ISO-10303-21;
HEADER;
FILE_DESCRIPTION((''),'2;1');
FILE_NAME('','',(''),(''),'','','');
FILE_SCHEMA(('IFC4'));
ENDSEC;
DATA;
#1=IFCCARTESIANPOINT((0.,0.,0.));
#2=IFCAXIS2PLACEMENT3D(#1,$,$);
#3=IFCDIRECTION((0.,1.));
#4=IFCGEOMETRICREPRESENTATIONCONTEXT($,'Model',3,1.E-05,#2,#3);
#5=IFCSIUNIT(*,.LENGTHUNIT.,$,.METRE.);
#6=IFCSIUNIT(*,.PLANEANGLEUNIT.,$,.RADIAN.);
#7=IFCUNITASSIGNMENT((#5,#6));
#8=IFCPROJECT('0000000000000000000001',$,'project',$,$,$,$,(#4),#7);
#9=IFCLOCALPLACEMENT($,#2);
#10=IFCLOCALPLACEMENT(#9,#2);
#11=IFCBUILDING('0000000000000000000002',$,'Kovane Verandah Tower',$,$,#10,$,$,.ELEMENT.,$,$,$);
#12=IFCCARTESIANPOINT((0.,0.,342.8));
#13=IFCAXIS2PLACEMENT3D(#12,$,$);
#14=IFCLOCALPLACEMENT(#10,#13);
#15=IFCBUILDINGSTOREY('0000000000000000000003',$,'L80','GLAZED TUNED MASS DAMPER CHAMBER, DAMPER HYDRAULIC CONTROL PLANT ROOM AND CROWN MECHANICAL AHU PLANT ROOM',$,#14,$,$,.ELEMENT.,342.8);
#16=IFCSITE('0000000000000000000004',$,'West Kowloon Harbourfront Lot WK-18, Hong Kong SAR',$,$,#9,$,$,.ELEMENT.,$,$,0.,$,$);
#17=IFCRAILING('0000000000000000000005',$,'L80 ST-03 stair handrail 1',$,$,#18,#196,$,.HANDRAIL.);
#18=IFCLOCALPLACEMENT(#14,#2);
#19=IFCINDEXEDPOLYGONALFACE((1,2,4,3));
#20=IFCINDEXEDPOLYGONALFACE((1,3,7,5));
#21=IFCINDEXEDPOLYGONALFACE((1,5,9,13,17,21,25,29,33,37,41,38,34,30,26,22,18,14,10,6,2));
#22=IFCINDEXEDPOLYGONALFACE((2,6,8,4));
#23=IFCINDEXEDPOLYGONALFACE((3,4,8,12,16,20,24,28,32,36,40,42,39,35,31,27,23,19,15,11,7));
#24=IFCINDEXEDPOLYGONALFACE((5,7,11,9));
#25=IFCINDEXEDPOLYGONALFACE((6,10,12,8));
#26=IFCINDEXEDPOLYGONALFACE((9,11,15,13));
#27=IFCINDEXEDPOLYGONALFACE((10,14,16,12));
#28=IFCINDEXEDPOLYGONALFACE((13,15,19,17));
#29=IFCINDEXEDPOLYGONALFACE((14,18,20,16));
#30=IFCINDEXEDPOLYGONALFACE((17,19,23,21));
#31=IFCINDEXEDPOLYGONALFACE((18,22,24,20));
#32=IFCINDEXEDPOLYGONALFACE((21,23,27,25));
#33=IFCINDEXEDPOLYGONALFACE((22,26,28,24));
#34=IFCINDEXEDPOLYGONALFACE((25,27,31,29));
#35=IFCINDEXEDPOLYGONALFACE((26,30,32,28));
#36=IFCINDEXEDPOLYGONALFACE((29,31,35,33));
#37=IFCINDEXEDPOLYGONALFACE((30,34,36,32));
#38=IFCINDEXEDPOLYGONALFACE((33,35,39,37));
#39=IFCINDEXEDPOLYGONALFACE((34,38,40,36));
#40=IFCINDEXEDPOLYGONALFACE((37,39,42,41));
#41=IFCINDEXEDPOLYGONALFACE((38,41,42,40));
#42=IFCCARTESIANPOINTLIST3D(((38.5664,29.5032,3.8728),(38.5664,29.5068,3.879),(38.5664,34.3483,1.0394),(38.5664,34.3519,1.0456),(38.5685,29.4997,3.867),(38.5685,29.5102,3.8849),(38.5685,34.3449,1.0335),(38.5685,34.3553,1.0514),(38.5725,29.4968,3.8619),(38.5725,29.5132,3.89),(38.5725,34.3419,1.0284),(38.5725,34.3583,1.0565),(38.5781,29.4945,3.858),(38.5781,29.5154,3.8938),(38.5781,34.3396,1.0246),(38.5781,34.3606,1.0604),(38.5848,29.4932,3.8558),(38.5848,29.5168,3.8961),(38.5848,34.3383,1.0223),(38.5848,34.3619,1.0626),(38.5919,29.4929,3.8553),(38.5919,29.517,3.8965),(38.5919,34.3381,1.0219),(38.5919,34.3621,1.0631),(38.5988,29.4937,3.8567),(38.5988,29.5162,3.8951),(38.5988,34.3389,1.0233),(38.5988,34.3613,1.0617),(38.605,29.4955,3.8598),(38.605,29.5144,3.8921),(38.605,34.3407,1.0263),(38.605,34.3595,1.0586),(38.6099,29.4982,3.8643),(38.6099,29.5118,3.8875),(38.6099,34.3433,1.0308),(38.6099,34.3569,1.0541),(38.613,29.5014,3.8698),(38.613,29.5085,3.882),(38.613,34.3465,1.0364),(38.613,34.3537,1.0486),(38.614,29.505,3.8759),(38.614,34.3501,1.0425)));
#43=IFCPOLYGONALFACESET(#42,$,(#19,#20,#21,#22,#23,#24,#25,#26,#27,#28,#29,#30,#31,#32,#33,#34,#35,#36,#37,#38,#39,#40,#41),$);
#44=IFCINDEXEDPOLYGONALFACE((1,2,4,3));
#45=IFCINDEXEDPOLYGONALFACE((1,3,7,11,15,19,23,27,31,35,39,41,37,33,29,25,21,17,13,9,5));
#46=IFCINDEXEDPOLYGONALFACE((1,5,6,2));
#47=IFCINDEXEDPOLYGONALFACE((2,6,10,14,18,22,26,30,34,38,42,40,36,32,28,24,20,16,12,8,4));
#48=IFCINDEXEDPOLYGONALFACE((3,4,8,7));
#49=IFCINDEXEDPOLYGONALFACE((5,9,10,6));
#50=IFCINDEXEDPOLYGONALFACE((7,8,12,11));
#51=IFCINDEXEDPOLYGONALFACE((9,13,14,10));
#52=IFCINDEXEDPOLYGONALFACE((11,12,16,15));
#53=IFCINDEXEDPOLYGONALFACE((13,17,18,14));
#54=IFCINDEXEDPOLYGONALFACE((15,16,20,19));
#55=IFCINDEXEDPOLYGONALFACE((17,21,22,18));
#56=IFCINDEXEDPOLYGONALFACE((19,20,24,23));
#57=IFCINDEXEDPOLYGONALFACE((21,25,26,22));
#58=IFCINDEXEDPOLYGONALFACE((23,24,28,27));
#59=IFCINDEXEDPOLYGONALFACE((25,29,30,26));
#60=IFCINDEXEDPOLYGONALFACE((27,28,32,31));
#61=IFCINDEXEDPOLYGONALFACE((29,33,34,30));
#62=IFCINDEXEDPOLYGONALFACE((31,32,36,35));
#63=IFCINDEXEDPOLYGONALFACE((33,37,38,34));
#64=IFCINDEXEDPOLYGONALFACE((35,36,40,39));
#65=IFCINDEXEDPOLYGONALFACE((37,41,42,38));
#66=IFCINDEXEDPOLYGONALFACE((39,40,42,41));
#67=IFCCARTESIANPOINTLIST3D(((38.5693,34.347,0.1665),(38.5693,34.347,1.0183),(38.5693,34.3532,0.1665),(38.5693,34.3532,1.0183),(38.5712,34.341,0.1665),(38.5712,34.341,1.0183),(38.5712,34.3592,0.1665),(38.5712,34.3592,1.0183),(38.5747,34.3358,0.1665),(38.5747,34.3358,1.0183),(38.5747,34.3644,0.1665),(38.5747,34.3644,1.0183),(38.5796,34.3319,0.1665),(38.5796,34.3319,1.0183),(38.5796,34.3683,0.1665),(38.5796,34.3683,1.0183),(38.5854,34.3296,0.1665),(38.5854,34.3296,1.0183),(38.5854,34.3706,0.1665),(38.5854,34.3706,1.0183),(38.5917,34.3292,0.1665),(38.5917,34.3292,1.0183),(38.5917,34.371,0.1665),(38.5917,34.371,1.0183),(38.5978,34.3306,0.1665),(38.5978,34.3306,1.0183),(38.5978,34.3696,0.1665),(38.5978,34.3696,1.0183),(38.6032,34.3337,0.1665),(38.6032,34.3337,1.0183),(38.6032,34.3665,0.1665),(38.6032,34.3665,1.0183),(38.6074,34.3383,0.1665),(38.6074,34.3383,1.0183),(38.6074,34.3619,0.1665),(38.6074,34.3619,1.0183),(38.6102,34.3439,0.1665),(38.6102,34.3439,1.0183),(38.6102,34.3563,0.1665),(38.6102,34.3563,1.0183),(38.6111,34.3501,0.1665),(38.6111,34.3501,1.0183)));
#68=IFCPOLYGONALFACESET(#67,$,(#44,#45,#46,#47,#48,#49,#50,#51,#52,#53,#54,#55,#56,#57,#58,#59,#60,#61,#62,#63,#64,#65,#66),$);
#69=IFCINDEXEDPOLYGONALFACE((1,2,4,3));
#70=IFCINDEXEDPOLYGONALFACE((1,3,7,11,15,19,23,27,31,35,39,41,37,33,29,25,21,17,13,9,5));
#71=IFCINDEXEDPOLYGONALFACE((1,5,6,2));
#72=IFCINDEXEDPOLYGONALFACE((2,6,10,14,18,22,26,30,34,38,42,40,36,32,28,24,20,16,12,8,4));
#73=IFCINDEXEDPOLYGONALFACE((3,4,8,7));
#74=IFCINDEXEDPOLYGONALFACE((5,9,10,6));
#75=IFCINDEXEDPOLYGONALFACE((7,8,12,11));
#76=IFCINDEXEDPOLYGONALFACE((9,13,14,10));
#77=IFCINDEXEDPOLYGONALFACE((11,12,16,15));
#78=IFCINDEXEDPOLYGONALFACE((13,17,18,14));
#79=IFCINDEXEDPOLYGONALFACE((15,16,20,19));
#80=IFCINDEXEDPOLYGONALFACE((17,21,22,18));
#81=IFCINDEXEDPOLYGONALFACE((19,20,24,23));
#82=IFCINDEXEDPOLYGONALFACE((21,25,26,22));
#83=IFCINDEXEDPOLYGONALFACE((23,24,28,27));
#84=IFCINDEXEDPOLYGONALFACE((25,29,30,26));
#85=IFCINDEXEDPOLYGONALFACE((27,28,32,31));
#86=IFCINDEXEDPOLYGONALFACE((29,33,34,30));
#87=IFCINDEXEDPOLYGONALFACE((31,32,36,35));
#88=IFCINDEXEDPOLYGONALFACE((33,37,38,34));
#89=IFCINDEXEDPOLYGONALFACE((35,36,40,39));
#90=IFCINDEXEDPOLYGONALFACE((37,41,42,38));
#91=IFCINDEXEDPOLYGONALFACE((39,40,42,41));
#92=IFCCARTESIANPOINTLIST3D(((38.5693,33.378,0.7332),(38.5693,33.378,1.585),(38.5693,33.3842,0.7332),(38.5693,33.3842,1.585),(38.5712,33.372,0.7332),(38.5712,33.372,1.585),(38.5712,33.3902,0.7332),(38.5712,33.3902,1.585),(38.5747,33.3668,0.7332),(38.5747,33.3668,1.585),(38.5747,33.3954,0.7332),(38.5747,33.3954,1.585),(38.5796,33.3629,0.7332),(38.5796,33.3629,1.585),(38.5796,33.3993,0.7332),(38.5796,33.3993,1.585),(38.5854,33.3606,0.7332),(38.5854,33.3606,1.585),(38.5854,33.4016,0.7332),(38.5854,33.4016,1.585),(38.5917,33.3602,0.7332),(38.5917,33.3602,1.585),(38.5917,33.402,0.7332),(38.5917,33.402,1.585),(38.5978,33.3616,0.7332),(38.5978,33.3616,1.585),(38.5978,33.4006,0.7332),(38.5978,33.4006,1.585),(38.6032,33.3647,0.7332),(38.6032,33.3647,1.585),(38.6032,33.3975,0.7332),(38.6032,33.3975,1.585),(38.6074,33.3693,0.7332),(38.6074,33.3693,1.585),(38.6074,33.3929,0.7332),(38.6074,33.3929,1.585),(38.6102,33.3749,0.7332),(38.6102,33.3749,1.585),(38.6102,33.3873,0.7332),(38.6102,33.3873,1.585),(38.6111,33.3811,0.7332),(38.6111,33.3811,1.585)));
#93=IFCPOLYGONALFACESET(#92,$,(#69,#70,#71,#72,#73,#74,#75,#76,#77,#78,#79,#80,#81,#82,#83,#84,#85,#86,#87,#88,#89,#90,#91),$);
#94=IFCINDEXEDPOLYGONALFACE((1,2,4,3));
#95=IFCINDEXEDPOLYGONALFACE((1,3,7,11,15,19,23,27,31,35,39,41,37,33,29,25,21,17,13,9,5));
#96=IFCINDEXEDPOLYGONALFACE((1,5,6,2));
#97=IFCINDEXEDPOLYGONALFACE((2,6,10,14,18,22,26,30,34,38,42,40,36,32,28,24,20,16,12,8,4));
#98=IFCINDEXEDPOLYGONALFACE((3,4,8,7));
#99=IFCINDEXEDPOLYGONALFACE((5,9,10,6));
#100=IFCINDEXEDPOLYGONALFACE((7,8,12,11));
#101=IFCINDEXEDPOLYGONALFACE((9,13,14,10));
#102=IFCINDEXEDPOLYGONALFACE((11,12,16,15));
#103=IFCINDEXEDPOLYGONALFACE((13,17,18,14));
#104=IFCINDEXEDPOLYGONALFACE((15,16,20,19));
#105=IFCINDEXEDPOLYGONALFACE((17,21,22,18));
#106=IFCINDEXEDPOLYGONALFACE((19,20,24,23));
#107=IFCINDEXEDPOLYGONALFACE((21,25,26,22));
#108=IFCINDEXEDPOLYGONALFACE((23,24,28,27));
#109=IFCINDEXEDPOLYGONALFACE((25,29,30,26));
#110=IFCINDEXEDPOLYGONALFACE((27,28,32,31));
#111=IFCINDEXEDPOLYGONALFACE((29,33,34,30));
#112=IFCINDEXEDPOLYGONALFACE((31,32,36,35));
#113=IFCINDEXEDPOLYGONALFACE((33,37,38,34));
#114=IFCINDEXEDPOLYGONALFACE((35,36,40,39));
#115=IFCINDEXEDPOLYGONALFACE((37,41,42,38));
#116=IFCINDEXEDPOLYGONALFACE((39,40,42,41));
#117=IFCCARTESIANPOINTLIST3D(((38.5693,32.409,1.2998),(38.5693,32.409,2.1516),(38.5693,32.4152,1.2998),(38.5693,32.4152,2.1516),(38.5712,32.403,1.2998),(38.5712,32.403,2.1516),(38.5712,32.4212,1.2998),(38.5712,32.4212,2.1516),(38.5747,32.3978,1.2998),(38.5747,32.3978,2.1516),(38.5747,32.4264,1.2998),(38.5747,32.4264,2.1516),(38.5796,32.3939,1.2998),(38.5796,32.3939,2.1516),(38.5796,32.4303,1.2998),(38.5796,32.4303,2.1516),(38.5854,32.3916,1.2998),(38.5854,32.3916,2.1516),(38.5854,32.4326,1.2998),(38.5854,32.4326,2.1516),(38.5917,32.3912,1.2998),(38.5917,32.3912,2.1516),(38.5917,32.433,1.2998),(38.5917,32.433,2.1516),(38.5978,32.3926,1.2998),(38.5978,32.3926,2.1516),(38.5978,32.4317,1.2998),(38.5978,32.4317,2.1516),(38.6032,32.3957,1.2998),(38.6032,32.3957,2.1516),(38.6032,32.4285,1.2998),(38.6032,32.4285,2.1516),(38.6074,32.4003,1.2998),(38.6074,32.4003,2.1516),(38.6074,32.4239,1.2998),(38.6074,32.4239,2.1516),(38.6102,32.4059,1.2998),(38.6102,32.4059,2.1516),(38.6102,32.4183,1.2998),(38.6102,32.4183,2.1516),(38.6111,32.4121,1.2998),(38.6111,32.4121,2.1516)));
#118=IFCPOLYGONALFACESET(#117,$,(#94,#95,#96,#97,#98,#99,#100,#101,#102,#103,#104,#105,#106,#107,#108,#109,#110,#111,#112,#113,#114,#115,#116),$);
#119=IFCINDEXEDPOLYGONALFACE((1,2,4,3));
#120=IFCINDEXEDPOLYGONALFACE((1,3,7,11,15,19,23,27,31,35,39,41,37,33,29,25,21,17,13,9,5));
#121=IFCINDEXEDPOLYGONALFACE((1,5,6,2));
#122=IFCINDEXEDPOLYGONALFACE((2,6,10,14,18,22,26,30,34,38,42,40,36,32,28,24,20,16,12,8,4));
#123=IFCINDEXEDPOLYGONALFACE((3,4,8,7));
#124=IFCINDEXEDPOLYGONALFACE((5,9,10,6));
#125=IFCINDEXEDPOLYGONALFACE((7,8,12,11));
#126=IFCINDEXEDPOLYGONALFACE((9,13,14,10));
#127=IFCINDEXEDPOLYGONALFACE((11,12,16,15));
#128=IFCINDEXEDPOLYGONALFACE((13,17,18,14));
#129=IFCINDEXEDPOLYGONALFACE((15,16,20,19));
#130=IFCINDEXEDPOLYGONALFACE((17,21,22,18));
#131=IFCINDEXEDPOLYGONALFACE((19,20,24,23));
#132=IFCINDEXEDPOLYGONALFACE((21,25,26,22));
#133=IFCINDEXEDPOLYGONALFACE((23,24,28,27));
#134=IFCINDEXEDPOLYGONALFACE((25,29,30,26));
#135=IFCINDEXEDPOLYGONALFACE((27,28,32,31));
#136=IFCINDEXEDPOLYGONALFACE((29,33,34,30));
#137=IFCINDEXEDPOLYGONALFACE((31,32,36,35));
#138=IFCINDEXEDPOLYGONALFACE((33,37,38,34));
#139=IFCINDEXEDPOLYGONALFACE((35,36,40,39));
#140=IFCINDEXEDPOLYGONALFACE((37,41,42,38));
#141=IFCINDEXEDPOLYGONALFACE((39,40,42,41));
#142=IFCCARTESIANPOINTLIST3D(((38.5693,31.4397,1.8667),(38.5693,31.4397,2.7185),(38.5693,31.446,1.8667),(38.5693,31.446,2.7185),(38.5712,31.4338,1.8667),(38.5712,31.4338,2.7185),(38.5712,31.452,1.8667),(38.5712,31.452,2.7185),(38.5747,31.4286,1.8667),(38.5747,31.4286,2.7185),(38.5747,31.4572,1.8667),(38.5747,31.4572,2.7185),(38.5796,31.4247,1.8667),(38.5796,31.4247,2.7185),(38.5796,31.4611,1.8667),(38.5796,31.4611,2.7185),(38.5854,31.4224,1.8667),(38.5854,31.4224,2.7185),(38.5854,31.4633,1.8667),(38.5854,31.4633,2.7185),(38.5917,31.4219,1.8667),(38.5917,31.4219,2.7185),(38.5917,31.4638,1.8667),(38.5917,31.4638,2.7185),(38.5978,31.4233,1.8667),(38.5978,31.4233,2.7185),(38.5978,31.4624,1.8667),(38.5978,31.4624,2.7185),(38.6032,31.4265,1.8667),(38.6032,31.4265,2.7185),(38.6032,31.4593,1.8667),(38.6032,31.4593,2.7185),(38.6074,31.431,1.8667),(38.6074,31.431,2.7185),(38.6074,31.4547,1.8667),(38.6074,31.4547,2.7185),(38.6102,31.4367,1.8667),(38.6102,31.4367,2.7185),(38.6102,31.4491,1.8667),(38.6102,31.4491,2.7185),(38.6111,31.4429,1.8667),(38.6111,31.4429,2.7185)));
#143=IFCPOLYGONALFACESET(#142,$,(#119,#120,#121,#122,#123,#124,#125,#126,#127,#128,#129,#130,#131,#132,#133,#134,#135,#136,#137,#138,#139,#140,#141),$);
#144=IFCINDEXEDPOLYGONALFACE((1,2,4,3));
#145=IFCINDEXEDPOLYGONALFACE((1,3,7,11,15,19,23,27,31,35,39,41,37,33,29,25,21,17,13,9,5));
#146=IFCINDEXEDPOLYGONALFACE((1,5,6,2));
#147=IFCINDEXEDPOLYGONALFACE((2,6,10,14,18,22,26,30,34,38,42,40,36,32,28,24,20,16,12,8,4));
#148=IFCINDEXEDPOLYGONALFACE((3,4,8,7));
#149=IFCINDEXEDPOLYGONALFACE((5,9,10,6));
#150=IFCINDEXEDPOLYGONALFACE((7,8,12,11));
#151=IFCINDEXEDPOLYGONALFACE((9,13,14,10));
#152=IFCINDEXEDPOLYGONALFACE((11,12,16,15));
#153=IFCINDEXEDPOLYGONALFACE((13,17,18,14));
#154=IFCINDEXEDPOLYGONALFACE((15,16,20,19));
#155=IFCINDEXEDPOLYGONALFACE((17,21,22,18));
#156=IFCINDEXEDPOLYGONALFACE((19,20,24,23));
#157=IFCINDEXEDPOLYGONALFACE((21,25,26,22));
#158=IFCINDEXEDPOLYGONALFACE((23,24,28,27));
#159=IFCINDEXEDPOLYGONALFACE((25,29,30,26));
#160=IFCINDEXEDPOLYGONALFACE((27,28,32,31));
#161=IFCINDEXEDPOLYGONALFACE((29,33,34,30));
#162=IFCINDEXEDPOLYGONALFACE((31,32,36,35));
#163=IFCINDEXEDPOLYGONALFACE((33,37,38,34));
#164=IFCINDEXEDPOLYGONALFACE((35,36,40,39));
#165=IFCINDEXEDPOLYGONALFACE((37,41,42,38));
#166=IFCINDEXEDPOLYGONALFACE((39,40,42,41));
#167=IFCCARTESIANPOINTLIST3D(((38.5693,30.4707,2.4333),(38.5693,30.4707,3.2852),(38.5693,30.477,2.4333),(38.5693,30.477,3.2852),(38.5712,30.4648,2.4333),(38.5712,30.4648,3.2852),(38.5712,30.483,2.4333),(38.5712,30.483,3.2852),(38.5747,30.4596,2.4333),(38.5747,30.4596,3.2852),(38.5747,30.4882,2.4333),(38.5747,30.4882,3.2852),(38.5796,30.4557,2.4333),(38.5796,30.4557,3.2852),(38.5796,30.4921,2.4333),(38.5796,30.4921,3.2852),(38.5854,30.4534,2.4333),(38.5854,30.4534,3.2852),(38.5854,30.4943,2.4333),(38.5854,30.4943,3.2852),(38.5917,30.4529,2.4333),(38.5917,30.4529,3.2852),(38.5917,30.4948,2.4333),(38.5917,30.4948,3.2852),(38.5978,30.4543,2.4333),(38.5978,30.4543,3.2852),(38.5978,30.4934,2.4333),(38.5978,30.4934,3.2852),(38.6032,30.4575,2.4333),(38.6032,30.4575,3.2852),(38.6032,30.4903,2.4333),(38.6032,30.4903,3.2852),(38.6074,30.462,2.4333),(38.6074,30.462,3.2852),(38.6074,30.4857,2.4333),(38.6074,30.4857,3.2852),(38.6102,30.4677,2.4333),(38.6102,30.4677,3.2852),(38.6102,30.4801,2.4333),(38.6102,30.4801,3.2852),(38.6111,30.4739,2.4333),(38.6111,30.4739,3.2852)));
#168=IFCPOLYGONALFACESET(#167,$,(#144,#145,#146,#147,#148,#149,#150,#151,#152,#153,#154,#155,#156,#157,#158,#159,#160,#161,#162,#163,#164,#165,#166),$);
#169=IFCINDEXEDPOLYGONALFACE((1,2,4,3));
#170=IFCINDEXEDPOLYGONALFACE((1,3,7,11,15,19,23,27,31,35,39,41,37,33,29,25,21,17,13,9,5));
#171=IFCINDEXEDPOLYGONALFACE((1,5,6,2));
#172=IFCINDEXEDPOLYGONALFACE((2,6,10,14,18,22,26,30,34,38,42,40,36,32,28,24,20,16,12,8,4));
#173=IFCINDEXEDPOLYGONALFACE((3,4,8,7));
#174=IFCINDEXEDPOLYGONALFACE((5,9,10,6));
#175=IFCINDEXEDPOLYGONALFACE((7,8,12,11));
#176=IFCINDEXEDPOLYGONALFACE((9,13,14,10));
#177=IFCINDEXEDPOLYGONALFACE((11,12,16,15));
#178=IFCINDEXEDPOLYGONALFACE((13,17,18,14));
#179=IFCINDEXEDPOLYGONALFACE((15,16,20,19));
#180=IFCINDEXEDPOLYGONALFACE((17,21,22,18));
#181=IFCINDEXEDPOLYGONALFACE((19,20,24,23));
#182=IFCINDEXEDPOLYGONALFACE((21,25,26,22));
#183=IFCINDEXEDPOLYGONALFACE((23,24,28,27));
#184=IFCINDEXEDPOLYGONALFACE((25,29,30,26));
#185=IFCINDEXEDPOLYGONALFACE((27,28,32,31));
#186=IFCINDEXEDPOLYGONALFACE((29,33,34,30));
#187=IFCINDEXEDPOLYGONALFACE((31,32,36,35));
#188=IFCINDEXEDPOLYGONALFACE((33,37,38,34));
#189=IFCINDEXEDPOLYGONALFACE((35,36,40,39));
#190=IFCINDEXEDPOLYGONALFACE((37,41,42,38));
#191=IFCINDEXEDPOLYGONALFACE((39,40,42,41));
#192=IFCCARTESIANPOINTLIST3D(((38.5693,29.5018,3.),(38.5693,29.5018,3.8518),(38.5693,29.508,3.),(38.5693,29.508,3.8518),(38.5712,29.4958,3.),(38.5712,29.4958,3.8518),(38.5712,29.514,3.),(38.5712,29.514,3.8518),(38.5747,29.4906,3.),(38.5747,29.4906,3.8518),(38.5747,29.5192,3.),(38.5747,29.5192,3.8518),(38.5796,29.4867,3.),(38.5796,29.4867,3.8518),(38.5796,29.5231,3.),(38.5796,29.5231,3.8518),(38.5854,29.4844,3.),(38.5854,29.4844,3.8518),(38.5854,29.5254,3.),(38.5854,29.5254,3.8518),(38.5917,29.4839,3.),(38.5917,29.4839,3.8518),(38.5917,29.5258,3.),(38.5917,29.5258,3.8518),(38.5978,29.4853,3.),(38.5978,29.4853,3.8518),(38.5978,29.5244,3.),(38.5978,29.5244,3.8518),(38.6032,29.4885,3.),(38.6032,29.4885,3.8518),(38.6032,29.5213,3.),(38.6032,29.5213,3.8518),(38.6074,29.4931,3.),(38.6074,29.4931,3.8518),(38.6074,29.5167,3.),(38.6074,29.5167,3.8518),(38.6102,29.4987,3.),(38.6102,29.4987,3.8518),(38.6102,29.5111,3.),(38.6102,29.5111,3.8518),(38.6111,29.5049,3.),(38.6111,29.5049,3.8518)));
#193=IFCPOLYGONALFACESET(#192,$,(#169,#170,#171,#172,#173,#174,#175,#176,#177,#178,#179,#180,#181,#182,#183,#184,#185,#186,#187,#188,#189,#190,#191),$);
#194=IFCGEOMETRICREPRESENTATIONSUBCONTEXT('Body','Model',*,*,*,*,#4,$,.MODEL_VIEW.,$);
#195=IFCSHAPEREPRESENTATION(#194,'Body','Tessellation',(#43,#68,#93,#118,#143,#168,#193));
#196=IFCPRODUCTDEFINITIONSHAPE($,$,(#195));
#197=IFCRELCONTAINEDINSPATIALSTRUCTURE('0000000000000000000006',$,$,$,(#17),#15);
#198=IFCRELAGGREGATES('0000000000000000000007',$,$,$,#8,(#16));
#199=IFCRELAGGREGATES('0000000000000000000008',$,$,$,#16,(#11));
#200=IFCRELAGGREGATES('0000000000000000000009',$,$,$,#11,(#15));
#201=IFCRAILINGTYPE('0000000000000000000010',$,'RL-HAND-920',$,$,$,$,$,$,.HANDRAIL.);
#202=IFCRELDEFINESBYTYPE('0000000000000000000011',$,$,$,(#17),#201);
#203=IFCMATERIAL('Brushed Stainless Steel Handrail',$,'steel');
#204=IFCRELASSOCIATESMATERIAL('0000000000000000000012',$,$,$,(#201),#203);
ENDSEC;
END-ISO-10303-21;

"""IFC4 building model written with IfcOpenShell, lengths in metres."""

from ifc_helpers import new_model, si_unit, direction, frame, origin, origin_2d, place, context, subcontext, project, spatial, circle, extrude, material, type_object, element, save


model = new_model("IFC4")

# Units and contexts
model_context = context("Model", 3, precision=1e-05, world=origin(), true_north=direction((0.0, 1.0)))
body_context = subcontext(model_context, "Body", "Model", "MODEL_VIEW")
ifc_project = project(units=[si_unit("LENGTHUNIT", "METRE"), si_unit("PLANEANGLEUNIT", "RADIAN")], contexts=[model_context])

# Site, building, storey
site_placement = place(None, origin())
site = spatial("IfcSite", under=ifc_project, at=site_placement, Name="West Kowloon Harbourfront Lot WK-18, Hong Kong SAR", CompositionType="ELEMENT", RefElevation=0.0)
building_placement = place(site_placement, origin())
building = spatial("IfcBuilding", under=site, at=building_placement, Name="Kovane Verandah Tower", CompositionType="ELEMENT")
storey_placement = place(building_placement, frame((0.0, 0.0, 342.8)))
storey = spatial("IfcBuildingStorey", under=building, at=storey_placement, Name="L80", Description="GLAZED TUNED MASS DAMPER CHAMBER, DAMPER HYDRAULIC CONTROL PLANT ROOM AND CROWN MECHANICAL AHU PLANT ROOM", CompositionType="ELEMENT", Elevation=342.8)

# Railing
ifc_material_1 = material(Name="Brushed Stainless Steel Handrail", Category="steel")
railing_type_1 = type_object("IfcRailingType", Name="RL-HAND-920", PredefinedType="HANDRAIL", material=ifc_material_1)
railing_1_placement = place(storey_placement, frame((38.5901, 34.3501, 0.1665)))
element("IfcRailing", 1, at=railing_1_placement, inside=storey, type_object=railing_type_1, Name="L80 ST-03 stair handrail 1", PredefinedType="HANDRAIL", context=body_context, shape_type="SweptSolid", body=[
    extrude(circle(Radius=0.0239, at=origin_2d()), frame((0.0, 0.0, 0.876), z_axis=(0.0, -0.863226, 0.504817), x_axis=(1.0, 0.0, 0.0)), (0.0, 0.0, 1.0), 5.6128),
    extrude(circle(Radius=0.021, at=origin_2d()), origin(), (0.0, 0.0, 1.0), 0.8518),
    extrude(circle(Radius=0.021, at=origin_2d()), frame((0.0, -0.969, 0.5667)), (0.0, 0.0, 1.0), 0.8518),
    extrude(circle(Radius=0.021, at=origin_2d()), frame((0.0, -1.938, 1.1333)), (0.0, 0.0, 1.0), 0.8518),
    extrude(circle(Radius=0.021, at=origin_2d()), frame((0.0, -2.9072, 1.7002)), (0.0, 0.0, 1.0), 0.8518),
    extrude(circle(Radius=0.021, at=origin_2d()), frame((0.0, -3.8762, 2.2668)), (0.0, 0.0, 1.0), 0.8518),
    extrude(circle(Radius=0.021, at=origin_2d()), frame((0.0, -4.8452, 2.8335)), (0.0, 0.0, 1.0), 0.8518),
])

save(model, "model.ifc")
